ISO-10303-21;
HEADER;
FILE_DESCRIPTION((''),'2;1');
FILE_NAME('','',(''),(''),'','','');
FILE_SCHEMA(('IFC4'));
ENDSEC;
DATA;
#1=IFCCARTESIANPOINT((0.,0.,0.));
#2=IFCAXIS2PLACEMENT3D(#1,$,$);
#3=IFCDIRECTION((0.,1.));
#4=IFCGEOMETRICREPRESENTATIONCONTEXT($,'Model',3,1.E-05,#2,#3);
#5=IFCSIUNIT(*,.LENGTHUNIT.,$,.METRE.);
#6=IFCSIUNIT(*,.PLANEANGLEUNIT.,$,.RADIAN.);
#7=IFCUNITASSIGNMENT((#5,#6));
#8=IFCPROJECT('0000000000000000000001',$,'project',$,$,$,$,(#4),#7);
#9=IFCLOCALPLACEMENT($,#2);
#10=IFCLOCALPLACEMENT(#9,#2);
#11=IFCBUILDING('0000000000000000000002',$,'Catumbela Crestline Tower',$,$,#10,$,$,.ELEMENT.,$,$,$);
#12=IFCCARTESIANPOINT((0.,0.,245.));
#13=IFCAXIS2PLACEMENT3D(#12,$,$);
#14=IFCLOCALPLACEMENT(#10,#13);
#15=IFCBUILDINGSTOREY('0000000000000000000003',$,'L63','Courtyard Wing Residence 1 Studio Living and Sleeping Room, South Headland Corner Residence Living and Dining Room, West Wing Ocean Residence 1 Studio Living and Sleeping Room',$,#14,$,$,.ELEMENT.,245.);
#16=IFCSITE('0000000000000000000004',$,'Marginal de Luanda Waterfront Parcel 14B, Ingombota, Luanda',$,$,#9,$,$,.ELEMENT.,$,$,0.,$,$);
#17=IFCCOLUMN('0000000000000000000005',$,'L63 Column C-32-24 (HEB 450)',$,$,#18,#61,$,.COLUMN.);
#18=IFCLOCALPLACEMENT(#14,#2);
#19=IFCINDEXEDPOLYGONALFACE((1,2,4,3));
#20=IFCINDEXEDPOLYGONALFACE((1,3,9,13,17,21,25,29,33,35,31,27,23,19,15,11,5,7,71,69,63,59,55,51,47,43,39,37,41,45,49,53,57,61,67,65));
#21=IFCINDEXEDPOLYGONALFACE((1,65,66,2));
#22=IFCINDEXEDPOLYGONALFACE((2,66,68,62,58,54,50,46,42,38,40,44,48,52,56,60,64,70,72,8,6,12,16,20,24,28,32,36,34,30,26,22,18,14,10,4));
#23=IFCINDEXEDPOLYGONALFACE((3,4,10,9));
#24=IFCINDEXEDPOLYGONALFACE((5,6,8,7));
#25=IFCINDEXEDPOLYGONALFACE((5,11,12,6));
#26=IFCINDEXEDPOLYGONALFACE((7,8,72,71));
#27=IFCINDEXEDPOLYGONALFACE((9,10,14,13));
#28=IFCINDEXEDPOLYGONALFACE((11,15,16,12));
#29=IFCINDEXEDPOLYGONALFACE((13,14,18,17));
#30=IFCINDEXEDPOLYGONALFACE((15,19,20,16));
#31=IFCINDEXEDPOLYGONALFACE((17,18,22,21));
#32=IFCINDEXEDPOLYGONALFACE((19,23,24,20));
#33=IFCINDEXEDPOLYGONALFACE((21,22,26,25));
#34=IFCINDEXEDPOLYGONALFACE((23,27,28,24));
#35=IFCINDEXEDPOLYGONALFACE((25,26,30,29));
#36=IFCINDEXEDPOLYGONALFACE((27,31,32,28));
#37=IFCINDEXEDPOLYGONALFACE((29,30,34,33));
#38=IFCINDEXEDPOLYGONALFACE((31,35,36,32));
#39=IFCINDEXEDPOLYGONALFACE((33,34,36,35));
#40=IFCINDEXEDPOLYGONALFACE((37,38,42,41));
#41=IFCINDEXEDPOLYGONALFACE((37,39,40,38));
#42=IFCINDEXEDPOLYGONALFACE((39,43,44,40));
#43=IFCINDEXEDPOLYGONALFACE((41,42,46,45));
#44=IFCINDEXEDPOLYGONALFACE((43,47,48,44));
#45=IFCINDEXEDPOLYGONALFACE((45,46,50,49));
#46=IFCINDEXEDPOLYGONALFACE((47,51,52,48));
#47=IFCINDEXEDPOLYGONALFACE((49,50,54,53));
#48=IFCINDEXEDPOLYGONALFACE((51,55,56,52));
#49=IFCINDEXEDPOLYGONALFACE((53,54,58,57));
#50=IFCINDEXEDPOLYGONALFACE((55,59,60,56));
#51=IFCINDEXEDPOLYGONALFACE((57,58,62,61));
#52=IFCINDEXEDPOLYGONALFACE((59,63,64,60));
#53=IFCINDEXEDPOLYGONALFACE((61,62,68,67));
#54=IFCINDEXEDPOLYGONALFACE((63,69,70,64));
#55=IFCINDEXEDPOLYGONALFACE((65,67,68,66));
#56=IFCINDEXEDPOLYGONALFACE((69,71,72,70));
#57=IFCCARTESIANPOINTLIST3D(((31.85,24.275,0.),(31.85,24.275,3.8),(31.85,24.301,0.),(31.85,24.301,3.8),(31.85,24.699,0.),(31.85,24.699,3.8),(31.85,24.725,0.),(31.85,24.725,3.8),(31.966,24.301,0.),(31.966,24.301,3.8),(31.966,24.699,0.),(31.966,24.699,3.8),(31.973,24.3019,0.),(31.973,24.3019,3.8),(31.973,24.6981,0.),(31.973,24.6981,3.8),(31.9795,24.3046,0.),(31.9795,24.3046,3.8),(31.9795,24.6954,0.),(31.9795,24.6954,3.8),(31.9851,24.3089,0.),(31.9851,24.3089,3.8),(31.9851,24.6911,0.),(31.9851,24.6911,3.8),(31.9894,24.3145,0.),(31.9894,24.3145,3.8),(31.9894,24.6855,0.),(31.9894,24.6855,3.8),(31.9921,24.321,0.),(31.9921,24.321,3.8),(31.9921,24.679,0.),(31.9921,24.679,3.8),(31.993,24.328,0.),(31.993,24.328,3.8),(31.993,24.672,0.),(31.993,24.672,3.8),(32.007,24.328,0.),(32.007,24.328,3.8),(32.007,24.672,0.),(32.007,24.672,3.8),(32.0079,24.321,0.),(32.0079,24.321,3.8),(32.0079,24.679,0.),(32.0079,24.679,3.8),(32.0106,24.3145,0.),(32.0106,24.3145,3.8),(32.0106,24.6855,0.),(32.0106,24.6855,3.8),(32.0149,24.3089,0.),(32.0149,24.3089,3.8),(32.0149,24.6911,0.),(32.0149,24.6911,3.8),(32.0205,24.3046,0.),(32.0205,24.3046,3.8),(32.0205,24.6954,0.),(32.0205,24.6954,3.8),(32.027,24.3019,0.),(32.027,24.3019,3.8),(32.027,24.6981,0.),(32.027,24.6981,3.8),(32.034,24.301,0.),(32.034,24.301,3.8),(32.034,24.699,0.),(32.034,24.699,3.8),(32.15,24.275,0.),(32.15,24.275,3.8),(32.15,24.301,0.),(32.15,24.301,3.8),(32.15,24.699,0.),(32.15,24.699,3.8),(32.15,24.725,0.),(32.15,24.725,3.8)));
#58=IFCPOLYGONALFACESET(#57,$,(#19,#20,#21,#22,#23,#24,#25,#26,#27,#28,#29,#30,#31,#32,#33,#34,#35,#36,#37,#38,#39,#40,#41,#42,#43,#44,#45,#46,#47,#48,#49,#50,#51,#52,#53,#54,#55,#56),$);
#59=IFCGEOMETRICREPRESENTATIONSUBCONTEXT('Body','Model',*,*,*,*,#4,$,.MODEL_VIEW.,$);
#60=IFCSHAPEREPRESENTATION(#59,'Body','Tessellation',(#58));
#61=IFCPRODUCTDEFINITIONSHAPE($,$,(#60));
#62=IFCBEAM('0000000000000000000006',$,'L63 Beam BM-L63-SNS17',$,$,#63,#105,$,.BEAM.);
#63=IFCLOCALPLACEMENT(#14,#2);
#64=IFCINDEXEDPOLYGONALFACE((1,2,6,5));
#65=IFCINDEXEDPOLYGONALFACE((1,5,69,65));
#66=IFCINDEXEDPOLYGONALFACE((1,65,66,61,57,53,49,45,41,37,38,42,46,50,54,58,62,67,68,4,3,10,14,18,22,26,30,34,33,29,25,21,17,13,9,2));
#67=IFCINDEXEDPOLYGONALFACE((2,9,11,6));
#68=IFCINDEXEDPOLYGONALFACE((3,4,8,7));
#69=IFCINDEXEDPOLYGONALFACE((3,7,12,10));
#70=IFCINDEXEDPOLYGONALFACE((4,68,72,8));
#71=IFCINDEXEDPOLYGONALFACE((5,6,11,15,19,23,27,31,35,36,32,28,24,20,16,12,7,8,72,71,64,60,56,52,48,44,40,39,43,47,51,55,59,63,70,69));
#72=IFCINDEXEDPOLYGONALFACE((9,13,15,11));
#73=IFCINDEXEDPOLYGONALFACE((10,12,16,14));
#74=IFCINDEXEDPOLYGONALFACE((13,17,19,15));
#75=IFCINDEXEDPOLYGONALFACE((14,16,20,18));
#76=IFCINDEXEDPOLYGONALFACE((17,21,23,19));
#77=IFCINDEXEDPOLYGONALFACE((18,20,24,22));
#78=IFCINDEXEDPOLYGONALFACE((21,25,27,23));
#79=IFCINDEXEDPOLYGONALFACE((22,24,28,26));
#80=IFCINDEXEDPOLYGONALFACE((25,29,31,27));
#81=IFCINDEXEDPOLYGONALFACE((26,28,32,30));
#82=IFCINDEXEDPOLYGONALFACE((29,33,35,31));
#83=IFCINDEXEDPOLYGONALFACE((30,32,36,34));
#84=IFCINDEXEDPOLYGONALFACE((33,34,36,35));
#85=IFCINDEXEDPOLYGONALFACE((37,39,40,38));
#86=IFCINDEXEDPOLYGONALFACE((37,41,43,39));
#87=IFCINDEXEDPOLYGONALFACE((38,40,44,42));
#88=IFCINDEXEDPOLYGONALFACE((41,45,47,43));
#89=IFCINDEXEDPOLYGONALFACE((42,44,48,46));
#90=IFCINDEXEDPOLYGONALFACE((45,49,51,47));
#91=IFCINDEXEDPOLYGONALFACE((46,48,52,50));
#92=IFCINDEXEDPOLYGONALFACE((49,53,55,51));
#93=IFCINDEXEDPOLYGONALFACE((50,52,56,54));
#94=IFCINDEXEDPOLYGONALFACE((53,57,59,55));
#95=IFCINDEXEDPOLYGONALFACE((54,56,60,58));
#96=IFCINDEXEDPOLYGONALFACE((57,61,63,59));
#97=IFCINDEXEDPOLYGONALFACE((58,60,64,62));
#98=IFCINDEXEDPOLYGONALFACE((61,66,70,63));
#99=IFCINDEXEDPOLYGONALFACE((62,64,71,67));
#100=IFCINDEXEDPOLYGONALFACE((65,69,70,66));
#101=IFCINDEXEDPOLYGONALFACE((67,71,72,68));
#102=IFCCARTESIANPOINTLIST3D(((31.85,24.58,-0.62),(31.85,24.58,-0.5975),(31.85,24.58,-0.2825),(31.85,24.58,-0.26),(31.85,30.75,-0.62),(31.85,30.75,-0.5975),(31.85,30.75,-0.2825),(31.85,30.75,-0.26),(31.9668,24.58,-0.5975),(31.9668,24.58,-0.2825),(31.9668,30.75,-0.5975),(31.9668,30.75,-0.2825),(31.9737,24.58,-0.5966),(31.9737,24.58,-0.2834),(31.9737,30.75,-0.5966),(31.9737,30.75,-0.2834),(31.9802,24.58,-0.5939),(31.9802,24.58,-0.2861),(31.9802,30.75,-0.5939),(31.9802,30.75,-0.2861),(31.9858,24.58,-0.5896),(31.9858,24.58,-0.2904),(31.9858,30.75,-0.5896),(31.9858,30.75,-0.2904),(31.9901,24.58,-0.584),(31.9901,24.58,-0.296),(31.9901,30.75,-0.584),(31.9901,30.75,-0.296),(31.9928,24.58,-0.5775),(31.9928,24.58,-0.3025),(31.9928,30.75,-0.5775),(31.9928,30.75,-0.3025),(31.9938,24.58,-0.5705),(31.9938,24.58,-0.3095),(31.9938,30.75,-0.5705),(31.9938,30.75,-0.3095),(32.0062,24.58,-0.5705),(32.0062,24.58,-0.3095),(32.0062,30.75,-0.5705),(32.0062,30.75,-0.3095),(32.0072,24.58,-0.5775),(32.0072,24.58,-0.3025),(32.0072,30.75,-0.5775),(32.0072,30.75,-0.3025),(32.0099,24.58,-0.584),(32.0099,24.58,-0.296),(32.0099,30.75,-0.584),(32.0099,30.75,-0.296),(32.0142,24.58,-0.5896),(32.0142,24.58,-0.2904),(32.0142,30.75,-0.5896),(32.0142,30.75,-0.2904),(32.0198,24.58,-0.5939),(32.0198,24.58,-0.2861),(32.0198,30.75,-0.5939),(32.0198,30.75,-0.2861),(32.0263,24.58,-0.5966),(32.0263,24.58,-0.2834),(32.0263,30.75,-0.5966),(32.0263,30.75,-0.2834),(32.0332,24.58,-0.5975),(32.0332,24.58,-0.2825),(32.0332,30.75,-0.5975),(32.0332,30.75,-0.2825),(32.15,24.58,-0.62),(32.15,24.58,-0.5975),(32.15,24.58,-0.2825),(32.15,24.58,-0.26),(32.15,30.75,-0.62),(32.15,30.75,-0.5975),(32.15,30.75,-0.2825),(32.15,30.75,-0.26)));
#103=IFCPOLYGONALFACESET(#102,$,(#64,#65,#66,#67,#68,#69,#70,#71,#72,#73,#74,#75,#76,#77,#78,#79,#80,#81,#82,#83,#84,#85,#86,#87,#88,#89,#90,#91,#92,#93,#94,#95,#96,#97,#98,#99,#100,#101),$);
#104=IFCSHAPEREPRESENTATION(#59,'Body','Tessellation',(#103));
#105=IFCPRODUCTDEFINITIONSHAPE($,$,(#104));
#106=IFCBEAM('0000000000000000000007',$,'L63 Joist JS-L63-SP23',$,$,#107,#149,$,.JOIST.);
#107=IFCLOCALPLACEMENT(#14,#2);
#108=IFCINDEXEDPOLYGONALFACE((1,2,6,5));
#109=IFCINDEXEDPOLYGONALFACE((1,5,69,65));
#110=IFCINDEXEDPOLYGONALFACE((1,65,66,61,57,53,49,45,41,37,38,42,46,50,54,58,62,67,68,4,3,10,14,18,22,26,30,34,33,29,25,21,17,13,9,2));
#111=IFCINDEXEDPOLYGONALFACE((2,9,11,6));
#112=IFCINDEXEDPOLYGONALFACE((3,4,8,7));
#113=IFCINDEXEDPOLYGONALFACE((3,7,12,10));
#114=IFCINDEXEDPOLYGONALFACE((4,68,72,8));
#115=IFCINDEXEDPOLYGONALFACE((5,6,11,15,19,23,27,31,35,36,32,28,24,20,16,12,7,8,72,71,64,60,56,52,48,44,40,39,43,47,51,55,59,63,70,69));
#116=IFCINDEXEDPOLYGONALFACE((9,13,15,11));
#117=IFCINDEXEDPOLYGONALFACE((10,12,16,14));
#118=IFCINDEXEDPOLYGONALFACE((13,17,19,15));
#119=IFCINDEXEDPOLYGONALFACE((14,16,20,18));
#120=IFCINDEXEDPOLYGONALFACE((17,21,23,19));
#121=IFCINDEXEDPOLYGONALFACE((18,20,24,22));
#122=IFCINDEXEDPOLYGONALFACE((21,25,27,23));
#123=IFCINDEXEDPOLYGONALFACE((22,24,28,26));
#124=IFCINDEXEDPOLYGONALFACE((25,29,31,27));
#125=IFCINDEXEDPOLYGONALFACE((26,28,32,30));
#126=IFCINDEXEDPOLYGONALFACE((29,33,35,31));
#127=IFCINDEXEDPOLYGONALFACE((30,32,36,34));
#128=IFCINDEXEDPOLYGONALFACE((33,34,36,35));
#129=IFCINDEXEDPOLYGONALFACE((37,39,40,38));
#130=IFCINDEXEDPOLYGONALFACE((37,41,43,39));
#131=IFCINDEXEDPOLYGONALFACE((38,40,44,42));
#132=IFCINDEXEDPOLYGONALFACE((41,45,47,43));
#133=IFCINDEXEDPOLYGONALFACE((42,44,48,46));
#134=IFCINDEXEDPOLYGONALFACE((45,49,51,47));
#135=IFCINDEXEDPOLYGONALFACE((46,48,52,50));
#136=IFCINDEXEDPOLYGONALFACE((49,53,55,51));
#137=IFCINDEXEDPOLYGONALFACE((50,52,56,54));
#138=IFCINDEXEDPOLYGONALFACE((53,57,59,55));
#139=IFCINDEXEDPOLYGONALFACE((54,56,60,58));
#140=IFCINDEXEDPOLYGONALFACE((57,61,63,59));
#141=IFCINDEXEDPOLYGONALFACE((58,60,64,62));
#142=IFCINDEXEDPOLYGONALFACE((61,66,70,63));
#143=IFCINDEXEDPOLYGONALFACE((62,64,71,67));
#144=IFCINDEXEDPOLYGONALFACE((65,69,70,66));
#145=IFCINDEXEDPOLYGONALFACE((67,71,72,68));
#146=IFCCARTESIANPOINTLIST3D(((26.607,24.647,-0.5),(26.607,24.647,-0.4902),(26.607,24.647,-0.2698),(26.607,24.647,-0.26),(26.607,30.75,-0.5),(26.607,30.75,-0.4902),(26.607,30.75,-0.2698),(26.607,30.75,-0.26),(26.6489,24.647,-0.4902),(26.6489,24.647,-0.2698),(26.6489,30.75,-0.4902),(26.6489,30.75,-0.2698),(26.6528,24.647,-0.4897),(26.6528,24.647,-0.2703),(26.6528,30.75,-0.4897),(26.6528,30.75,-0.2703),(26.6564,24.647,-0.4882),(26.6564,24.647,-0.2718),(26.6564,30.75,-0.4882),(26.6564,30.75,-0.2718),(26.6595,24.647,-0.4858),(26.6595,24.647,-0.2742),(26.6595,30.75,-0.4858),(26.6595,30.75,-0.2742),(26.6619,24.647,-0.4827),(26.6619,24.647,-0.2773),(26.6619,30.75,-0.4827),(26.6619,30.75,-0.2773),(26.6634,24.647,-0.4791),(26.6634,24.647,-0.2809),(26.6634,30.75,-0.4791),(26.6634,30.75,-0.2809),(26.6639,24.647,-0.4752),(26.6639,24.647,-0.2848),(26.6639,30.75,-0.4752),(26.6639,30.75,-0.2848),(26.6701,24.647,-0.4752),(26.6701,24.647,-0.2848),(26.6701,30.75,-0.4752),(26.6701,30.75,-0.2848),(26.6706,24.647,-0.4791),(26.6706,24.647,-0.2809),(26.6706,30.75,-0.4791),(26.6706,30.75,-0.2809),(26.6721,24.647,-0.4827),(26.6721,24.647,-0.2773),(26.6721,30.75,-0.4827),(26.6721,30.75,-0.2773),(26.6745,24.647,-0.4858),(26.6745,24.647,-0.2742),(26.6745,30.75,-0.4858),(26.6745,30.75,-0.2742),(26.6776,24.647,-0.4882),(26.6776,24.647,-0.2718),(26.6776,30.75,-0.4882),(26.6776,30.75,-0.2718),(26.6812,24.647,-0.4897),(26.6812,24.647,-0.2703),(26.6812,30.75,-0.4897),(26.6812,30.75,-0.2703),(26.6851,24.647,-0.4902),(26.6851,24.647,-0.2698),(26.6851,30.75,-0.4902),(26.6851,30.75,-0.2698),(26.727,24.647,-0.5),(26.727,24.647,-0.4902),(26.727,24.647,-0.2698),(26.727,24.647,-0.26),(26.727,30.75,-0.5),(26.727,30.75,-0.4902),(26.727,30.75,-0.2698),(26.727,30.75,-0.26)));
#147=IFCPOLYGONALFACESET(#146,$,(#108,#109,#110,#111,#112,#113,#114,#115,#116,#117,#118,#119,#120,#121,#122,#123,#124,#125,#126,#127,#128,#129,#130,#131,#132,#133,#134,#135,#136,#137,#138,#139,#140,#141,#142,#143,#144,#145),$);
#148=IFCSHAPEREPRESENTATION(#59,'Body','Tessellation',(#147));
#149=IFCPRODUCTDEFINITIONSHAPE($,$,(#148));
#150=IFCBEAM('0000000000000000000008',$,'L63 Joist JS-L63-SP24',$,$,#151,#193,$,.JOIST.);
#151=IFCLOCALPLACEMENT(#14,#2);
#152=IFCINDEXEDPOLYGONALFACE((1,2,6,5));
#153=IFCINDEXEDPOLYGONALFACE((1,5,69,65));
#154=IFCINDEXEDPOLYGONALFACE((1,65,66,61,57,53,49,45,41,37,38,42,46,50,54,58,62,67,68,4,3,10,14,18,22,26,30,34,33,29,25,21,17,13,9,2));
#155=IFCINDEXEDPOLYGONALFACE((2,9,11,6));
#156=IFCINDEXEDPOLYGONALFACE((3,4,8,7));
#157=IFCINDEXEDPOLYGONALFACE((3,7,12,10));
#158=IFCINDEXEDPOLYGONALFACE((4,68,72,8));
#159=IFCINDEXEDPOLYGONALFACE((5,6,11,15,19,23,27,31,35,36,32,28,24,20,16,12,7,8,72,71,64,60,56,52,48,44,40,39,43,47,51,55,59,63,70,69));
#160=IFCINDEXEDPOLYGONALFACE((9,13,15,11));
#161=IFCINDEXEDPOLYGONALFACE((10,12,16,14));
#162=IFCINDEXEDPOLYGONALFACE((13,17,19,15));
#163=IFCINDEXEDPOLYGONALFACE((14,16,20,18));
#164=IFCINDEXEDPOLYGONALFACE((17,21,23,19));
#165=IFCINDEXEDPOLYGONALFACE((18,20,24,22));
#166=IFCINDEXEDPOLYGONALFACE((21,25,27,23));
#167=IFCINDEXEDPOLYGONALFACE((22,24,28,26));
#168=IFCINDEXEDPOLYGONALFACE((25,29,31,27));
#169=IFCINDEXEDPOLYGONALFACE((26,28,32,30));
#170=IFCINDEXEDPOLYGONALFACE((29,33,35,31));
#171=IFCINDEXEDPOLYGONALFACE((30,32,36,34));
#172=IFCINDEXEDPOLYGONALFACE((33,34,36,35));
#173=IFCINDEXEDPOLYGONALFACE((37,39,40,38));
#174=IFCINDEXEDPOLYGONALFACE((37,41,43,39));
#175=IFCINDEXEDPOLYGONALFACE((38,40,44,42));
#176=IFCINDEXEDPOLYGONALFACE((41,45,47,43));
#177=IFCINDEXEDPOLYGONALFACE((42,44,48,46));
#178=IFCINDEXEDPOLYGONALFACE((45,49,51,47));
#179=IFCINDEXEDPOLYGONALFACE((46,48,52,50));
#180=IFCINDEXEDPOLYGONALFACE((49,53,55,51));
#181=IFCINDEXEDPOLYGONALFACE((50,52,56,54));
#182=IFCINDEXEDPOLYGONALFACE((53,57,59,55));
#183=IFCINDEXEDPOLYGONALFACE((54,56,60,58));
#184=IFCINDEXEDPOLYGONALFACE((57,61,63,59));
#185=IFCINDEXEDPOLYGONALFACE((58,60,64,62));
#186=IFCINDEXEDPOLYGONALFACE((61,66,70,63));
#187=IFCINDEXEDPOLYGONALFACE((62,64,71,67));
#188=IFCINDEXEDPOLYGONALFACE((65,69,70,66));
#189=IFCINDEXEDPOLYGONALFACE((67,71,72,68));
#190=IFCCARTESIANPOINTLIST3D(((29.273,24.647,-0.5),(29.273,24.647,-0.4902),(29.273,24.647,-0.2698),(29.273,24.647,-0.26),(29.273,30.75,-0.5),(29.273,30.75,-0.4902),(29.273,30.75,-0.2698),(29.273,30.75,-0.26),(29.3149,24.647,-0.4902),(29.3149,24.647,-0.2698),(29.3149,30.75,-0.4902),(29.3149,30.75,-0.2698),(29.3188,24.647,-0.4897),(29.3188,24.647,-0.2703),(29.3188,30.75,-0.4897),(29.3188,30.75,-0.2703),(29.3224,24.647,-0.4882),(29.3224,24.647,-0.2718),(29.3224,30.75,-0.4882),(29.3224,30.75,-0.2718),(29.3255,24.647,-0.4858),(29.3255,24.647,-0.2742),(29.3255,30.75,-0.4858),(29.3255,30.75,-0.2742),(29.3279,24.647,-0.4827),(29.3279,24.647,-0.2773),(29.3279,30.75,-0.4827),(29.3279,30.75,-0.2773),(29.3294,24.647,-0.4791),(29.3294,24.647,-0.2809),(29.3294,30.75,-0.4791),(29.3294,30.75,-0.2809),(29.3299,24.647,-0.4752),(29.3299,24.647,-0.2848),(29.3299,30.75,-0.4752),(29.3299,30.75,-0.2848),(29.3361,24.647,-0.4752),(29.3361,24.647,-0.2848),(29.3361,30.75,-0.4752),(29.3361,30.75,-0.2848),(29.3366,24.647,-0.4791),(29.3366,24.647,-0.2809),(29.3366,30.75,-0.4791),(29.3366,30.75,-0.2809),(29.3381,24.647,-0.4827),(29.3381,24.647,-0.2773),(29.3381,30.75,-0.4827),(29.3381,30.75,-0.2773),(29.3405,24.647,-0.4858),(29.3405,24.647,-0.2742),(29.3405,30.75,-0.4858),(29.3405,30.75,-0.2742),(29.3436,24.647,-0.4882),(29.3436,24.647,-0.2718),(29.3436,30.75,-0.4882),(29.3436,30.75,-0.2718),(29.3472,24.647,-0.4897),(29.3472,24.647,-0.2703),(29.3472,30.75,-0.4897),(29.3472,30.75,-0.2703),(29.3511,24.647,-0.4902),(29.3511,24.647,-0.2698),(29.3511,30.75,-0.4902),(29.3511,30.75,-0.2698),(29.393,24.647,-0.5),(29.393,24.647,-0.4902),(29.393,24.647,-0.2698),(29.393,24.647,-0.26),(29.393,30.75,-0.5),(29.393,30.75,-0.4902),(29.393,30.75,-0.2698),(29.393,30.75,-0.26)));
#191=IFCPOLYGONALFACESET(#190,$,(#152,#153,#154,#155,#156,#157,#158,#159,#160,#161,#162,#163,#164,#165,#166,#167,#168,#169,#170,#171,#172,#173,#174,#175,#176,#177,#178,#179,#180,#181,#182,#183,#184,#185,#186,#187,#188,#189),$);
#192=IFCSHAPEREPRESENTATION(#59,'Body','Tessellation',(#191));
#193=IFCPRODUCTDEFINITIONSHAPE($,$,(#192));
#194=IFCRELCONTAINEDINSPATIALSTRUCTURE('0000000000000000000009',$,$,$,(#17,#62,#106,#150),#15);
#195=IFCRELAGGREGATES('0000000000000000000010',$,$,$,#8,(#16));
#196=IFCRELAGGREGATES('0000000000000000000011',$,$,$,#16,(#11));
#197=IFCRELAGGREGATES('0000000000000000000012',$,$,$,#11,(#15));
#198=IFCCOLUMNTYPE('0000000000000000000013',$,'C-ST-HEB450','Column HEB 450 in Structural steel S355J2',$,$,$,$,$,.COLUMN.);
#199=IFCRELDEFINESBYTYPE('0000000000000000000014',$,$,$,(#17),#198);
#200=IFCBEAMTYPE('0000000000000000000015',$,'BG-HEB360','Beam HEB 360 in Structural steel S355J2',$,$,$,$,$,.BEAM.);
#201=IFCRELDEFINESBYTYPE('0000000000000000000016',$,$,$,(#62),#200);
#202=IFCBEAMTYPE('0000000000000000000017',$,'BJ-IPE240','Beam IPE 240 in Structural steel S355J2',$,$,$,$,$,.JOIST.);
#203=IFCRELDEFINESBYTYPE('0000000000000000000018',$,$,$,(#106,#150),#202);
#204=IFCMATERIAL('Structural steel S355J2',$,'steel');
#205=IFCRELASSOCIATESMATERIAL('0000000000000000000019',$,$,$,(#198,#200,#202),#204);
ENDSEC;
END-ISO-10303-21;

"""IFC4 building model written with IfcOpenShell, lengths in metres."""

from ifc_helpers import new_model, si_unit, direction, frame, origin, origin_2d, place, context, subcontext, project, spatial, i_section, extrude, material, material_profile, profile_set, type_object, element, save


model = new_model("IFC4")

# Units and contexts
model_context = context("Model", 3, precision=1e-05, world=origin(), true_north=direction((0.0, 1.0)))
body_context = subcontext(model_context, "Body", "Model", "MODEL_VIEW")
ifc_project = project(units=[si_unit("LENGTHUNIT", "METRE"), si_unit("PLANEANGLEUNIT", "RADIAN")], contexts=[model_context])

# Site, building, storey
site_placement = place(None, origin())
site = spatial("IfcSite", under=ifc_project, at=site_placement, Name="Marginal de Luanda Waterfront Parcel 14B, Ingombota, Luanda", CompositionType="ELEMENT", RefElevation=0.0)
building_placement = place(site_placement, origin())
building = spatial("IfcBuilding", under=site, at=building_placement, Name="Catumbela Crestline Tower", CompositionType="ELEMENT")
storey_placement = place(building_placement, frame((0.0, 0.0, 245.0)))
storey = spatial("IfcBuildingStorey", under=building, at=storey_placement, Name="L63", Description="Courtyard Wing Residence 1 Studio Living and Sleeping Room, South Headland Corner Residence Living and Dining Room, West Wing Ocean Residence 1 Studio Living and Sleeping Room", CompositionType="ELEMENT", Elevation=245.0)

# Column
ifc_material_1 = material(Name="Structural steel S355J2", Category="steel")
ifc_material_profile_1 = material_profile(ifc_material_1, i_section(OverallWidth=0.3, OverallDepth=0.45, WebThickness=0.014, FlangeThickness=0.026, FilletRadius=0.027, at=origin_2d()), Name="HEB 450")
ifc_profile_set_1 = profile_set([ifc_material_profile_1], Name="Structural steel S355J2")
column_type = type_object("IfcColumnType", Name="C-ST-HEB450", Description="Column HEB 450 in Structural steel S355J2", PredefinedType="COLUMN", material=ifc_profile_set_1)
column_placement = place(storey_placement, frame((32.0, 24.5, 0.0), z_axis=(0.0, 0.0, 1.0), x_axis=(1.0, 0.0, 0.0)))
element("IfcColumn", 1, at=column_placement, inside=storey, type_object=column_type, Name="L63 Column C-32-24 (HEB 450)", PredefinedType="COLUMN", context=body_context, shape_type="SweptSolid", body=[
    extrude(i_section(OverallWidth=0.3, OverallDepth=0.45, WebThickness=0.014, FlangeThickness=0.026, FilletRadius=0.027, at=origin_2d()), origin(), (0.0, 0.0, 1.0), 3.8),
])

# Beams
ifc_material_profile_2 = material_profile(ifc_material_1, i_section(OverallWidth=0.3, OverallDepth=0.36, WebThickness=0.0125, FlangeThickness=0.0225, FilletRadius=0.027, at=origin_2d()), Name="HEB 360")
ifc_profile_set_2 = profile_set([ifc_material_profile_2], Name="Structural steel S355J2")
beam_type_1 = type_object("IfcBeamType", Name="BG-HEB360", Description="Beam HEB 360 in Structural steel S355J2", PredefinedType="BEAM", material=ifc_profile_set_2)
beam_1_placement = place(storey_placement, frame((32.0, 24.58, -0.44), z_axis=(0.0, 1.0, 0.0), x_axis=(-1.0, 0.0, 0.0)))
element("IfcBeam", 2, at=beam_1_placement, inside=storey, type_object=beam_type_1, Name="L63 Beam BM-L63-SNS17", PredefinedType="BEAM", context=body_context, shape_type="SweptSolid", body=[
    extrude(i_section(OverallWidth=0.3, OverallDepth=0.36, WebThickness=0.0125, FlangeThickness=0.0225, FilletRadius=0.027, at=origin_2d()), origin(), (0.0, 0.0, 1.0), 6.17),
])
ifc_material_profile_3 = material_profile(ifc_material_1, i_section(OverallWidth=0.12, OverallDepth=0.24, WebThickness=0.0062, FlangeThickness=0.0098, FilletRadius=0.015, at=origin_2d()), Name="IPE 240")
ifc_profile_set_3 = profile_set([ifc_material_profile_3], Name="Structural steel S355J2")
beam_type_2 = type_object("IfcBeamType", Name="BJ-IPE240", Description="Beam IPE 240 in Structural steel S355J2", PredefinedType="JOIST", material=ifc_profile_set_3)
for number, where, z_axis, x_axis, name in (
    (3, (26.667, 24.647, -0.38), (0.0, 1.0, 0.0), (-1.0, 0.0, 0.0), "L63 Joist JS-L63-SP23"),
    (4, (29.333, 24.647, -0.38), (0.0, 1.0, 0.0), (-1.0, 0.0, 0.0), "L63 Joist JS-L63-SP24"),
):
    element("IfcBeam", number, at=place(storey_placement, frame(where, z_axis=z_axis, x_axis=x_axis)), inside=storey, type_object=beam_type_2, Name=name, PredefinedType="JOIST", context=body_context, shape_type="SweptSolid", body=[
        extrude(i_section(OverallWidth=0.12, OverallDepth=0.24, WebThickness=0.0062, FlangeThickness=0.0098, FilletRadius=0.015, at=origin_2d()), origin(), (0.0, 0.0, 1.0), 6.103),
    ])

save(model, "model.ifc")
